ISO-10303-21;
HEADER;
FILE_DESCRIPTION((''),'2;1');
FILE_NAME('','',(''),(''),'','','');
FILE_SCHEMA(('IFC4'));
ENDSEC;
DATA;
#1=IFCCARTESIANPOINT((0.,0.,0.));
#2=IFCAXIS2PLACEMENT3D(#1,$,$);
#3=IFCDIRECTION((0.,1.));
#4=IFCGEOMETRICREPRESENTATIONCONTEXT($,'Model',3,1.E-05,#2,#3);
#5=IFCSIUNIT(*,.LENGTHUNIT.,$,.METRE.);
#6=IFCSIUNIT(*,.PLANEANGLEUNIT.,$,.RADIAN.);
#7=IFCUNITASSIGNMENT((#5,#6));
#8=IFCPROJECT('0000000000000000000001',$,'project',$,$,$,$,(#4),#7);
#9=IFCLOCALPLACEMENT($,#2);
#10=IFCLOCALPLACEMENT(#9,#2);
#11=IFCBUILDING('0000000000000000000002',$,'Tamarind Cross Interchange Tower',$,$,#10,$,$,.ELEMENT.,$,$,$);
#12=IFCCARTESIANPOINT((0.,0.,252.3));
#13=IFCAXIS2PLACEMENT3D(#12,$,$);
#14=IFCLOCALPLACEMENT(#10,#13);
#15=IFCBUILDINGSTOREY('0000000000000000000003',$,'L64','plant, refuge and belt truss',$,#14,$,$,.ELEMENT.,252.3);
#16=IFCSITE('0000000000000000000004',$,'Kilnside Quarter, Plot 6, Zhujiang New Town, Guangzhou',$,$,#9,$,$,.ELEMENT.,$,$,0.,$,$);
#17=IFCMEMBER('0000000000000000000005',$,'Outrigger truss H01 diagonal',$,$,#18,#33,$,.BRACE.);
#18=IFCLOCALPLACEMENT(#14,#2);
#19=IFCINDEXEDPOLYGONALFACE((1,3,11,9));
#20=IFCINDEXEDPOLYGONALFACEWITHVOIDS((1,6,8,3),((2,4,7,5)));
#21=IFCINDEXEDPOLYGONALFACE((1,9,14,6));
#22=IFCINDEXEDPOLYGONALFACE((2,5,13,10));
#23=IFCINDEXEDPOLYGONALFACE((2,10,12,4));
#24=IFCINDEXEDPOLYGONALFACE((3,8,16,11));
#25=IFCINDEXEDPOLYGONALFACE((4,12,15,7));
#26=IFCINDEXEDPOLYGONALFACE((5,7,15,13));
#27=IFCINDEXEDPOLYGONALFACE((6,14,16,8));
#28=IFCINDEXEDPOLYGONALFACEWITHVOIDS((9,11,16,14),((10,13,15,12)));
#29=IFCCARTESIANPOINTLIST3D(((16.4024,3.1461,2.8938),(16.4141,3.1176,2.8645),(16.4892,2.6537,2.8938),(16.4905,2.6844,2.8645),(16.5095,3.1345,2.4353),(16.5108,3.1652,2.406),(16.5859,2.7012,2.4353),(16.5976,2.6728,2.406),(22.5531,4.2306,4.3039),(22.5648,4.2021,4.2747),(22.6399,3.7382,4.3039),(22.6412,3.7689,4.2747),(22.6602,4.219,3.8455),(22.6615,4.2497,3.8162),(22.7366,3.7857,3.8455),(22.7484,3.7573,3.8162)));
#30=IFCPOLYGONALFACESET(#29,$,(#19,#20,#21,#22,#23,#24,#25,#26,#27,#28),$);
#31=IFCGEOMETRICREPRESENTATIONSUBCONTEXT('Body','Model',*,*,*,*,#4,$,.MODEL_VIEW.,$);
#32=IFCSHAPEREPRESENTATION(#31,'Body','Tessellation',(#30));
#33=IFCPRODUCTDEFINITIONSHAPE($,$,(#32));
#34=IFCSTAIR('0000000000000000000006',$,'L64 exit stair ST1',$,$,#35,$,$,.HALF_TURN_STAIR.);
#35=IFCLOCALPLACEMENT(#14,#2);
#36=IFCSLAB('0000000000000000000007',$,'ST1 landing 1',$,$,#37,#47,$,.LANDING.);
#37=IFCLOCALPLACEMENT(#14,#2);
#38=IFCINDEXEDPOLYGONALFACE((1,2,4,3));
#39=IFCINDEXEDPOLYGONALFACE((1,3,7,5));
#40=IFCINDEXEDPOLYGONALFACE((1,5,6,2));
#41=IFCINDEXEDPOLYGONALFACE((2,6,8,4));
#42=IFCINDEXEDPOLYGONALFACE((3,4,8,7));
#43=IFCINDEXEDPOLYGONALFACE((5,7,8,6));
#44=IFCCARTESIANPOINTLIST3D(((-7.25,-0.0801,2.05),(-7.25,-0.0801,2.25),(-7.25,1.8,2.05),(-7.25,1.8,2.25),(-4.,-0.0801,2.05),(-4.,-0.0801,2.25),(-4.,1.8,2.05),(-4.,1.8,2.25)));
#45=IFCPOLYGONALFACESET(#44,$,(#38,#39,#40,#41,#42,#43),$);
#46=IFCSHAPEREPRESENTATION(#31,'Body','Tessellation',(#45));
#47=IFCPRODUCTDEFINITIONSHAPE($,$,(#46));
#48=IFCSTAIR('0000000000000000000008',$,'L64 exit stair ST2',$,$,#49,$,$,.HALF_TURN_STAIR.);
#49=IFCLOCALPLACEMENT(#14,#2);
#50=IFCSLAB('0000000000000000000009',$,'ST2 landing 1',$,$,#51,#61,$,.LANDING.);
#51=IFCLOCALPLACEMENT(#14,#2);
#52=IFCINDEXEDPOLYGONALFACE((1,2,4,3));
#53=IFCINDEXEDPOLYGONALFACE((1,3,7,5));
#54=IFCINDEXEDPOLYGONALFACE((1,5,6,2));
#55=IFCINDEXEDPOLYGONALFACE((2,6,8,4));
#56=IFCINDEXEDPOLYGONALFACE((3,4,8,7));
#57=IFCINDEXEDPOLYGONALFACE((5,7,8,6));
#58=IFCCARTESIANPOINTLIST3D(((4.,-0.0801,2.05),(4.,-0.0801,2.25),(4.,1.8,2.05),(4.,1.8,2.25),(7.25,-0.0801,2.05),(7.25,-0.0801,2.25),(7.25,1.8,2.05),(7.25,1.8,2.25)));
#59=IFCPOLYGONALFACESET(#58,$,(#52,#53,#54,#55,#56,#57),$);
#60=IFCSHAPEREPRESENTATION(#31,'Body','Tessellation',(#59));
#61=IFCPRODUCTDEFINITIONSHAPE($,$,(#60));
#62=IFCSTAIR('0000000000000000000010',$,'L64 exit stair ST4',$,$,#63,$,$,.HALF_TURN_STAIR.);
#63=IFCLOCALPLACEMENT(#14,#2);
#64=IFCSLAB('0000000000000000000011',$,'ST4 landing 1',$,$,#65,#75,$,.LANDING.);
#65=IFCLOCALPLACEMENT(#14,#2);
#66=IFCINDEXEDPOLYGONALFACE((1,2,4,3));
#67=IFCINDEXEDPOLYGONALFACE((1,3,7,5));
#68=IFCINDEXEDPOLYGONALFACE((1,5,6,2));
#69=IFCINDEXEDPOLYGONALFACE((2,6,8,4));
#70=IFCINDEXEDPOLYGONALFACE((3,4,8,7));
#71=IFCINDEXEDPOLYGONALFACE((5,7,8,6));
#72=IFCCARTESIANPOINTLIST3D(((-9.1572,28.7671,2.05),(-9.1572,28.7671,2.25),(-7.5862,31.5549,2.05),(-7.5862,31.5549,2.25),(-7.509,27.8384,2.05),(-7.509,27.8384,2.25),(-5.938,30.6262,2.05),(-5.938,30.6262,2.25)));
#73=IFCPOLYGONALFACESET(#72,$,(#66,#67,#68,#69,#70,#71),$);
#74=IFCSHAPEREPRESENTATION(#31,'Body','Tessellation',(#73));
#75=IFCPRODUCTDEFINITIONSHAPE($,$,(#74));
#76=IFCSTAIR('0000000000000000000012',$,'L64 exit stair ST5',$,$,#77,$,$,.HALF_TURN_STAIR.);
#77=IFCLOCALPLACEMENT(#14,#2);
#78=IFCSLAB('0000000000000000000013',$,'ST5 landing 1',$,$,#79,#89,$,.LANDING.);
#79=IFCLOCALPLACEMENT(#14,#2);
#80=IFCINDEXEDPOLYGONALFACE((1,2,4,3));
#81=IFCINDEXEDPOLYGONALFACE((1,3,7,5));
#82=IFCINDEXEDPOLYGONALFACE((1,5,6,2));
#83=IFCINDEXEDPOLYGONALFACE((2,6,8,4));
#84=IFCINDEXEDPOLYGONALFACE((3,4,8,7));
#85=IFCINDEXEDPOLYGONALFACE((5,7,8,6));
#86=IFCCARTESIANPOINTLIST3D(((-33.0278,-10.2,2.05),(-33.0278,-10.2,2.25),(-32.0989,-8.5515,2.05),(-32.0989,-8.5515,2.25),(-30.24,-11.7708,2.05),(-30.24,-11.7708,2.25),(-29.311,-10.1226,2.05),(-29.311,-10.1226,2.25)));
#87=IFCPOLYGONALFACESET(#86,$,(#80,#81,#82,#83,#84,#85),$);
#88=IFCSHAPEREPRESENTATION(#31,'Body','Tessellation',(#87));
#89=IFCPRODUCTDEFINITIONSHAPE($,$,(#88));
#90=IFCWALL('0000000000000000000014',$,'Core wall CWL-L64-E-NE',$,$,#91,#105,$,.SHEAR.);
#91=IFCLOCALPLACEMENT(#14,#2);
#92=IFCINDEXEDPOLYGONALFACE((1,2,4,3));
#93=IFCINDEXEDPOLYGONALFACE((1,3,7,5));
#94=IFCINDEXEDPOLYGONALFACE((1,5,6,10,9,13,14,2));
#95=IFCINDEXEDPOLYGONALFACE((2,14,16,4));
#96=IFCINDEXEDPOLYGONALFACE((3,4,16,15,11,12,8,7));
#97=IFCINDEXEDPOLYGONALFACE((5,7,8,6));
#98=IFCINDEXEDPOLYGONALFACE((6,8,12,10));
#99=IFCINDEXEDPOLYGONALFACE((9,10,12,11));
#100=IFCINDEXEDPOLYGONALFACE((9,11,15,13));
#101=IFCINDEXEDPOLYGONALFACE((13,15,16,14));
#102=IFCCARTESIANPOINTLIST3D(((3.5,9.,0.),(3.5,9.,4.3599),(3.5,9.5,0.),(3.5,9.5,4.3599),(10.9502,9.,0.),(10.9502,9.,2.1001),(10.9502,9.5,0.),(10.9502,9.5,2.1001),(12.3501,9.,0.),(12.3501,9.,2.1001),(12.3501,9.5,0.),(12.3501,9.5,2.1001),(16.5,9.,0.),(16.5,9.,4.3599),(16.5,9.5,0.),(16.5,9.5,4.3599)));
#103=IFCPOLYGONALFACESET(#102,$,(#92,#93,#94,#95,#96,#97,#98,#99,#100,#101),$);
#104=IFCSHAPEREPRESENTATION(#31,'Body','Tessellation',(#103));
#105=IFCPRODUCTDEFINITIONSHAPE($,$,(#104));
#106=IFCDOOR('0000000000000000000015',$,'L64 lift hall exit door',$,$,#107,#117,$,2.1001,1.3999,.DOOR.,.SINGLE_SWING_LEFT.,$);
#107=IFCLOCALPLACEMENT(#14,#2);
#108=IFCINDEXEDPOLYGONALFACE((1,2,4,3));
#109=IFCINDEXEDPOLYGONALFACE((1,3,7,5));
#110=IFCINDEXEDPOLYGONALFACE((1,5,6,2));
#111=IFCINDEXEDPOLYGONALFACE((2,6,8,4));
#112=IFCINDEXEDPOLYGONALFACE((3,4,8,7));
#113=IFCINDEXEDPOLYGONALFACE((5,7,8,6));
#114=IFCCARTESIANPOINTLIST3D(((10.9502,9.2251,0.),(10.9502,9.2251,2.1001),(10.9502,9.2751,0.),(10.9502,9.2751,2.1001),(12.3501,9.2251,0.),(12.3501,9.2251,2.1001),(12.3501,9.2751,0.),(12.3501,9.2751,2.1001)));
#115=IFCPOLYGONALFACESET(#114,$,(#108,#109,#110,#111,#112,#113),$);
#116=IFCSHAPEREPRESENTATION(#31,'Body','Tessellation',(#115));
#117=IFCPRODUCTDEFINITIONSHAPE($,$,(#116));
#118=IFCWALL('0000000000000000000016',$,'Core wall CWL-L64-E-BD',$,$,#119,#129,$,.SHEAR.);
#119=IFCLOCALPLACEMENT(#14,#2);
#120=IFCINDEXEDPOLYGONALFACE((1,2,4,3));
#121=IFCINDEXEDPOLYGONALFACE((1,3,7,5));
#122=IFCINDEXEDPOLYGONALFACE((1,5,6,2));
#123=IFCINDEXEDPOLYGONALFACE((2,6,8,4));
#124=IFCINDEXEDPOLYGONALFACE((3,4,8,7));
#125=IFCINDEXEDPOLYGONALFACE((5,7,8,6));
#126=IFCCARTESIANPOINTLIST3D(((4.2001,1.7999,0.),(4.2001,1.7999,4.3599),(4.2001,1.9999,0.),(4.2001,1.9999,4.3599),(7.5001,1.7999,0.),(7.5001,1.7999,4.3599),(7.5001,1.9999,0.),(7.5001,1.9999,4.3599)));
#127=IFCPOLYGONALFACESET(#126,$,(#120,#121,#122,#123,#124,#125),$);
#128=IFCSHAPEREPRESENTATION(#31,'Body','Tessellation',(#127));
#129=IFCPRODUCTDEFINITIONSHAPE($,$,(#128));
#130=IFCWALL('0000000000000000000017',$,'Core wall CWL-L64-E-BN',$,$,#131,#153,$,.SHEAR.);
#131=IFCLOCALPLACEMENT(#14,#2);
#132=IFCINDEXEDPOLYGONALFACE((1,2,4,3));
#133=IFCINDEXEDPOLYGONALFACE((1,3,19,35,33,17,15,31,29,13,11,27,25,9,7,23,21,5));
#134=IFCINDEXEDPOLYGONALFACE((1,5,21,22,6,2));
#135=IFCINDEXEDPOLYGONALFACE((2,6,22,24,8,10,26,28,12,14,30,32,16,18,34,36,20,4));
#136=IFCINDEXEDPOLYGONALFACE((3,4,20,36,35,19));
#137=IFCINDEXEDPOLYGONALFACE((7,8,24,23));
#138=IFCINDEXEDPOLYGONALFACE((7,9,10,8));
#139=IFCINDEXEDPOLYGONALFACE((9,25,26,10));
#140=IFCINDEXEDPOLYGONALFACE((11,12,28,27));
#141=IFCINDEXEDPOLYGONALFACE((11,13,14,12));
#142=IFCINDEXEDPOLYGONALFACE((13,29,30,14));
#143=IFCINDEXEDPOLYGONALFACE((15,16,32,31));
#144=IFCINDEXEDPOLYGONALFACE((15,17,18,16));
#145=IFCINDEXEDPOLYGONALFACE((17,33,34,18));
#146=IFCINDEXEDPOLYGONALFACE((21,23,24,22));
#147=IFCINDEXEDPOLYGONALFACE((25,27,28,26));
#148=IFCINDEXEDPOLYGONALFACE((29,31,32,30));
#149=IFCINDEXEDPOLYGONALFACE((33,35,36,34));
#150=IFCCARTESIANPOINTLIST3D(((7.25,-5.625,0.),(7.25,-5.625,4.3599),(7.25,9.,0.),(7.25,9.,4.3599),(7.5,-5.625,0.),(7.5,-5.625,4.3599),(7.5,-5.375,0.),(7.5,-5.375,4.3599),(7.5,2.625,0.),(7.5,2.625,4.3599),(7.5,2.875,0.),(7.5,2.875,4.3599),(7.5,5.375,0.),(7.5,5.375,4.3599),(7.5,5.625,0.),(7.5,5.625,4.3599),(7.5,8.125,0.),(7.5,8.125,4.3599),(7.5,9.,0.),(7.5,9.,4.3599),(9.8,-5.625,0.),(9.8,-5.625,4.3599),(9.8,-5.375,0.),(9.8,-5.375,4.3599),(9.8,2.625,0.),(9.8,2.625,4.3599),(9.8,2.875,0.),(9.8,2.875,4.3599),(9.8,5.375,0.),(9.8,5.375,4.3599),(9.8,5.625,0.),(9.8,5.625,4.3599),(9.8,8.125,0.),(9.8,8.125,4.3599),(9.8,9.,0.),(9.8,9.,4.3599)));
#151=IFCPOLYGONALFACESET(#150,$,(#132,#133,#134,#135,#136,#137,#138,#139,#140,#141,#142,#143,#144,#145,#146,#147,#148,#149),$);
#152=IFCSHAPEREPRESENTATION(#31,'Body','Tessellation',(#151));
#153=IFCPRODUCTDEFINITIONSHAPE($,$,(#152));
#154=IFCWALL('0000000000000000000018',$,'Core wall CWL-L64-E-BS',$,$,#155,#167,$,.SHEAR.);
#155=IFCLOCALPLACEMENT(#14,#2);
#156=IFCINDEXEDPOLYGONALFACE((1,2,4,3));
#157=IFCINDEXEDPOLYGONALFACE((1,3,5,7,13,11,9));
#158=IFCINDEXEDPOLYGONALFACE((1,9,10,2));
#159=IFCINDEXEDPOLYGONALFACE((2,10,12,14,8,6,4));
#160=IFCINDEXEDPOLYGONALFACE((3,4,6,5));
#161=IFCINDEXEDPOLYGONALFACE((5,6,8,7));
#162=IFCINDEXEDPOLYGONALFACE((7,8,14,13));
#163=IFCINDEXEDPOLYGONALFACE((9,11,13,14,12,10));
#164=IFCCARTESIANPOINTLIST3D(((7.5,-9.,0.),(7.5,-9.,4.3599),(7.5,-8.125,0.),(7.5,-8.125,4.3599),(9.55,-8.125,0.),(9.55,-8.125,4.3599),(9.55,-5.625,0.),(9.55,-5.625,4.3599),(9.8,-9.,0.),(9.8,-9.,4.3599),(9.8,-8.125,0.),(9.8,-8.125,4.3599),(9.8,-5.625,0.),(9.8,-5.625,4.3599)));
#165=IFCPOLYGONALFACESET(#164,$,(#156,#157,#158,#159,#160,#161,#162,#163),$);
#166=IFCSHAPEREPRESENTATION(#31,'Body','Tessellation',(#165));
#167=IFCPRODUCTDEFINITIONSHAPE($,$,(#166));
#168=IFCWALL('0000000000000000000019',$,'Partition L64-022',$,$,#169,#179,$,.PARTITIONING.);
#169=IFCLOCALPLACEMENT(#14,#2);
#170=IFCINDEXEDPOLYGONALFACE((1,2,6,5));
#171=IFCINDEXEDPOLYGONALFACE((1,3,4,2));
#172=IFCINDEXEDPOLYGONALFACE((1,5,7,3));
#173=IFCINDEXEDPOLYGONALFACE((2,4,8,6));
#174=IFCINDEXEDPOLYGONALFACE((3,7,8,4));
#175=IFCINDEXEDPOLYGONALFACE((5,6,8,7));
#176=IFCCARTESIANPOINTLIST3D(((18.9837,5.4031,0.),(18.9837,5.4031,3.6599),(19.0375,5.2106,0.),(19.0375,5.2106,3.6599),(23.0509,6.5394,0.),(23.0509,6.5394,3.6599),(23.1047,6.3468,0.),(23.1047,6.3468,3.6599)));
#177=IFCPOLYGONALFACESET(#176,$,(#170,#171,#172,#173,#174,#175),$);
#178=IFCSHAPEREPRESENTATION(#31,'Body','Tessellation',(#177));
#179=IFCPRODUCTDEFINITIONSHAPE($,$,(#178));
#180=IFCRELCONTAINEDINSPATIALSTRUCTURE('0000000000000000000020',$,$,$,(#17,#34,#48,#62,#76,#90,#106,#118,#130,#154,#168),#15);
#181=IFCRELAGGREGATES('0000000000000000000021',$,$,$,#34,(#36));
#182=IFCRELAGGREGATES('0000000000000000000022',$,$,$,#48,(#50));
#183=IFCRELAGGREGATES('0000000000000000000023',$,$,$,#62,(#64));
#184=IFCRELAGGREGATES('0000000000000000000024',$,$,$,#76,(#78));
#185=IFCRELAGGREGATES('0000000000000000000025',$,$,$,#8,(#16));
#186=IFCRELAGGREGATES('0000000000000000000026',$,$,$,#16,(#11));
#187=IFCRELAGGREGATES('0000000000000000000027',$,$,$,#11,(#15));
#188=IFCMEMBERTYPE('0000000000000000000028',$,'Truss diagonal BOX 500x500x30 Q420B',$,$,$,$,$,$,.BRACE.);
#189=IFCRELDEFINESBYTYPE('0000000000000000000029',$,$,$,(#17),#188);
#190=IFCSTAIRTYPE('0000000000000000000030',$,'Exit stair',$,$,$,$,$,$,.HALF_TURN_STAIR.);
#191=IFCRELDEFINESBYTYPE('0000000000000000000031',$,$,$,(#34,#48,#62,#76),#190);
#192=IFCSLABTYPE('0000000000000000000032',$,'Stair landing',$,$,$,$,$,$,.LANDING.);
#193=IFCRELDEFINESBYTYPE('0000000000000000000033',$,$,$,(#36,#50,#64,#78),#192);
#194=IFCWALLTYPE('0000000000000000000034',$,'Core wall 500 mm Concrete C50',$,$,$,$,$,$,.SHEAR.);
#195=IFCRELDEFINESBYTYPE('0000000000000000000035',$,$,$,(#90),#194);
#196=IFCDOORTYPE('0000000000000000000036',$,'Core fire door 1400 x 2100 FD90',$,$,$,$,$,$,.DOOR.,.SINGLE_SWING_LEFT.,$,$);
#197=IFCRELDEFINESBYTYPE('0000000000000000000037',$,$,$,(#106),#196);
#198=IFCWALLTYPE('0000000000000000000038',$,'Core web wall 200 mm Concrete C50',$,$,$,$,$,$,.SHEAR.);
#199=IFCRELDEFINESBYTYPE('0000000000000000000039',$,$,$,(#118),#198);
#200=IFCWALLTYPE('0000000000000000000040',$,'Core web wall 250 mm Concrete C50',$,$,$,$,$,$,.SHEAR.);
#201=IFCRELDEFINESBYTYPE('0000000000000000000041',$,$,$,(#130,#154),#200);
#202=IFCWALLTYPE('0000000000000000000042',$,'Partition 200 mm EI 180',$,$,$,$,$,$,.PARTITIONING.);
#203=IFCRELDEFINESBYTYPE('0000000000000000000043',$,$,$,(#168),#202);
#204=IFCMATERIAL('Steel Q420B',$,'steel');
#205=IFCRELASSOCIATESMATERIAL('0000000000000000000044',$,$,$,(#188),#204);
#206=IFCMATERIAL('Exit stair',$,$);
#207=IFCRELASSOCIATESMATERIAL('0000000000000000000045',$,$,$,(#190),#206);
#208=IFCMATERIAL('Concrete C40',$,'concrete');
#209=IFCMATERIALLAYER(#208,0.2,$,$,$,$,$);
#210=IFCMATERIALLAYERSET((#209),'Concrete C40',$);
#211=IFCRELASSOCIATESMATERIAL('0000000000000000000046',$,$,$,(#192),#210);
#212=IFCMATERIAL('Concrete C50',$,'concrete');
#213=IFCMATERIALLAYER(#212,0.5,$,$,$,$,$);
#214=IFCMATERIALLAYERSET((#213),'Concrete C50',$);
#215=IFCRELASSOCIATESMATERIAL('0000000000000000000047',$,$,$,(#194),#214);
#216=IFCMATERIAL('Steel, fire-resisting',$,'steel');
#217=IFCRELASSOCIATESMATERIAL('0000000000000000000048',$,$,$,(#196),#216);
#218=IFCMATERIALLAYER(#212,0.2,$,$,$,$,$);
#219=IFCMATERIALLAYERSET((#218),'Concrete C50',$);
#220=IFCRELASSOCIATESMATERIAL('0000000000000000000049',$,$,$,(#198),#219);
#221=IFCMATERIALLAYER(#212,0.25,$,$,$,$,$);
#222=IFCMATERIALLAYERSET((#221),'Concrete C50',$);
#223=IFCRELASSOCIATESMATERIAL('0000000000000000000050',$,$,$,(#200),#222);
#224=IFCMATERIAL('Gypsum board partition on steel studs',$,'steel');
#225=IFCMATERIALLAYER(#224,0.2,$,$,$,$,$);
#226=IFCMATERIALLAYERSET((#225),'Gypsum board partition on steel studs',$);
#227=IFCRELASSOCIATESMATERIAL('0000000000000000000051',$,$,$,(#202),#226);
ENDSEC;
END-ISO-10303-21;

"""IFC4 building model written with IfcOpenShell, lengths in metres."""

from ifc_helpers import new_model, si_unit, direction, frame, frame_2d, origin, origin_2d, place, context, subcontext, project, spatial, polyline, rectangle, hollow_rectangle, outline, extrude, material, layer, layer_set, material_profile, profile_set, type_object, element, fill, aggregate, save


model = new_model("IFC4")

# Units and contexts
model_context = context("Model", 3, precision=1e-05, world=origin(), true_north=direction((0.0, 1.0)))
body_context = subcontext(model_context, "Body", "Model", "MODEL_VIEW")
ifc_project = project(units=[si_unit("LENGTHUNIT", "METRE"), si_unit("PLANEANGLEUNIT", "RADIAN")], contexts=[model_context])

# Site, building, storey
site_placement = place(None, origin())
site = spatial("IfcSite", under=ifc_project, at=site_placement, Name="Kilnside Quarter, Plot 6, Zhujiang New Town, Guangzhou", CompositionType="ELEMENT", RefElevation=0.0)
building_placement = place(site_placement, origin())
building = spatial("IfcBuilding", under=site, at=building_placement, Name="Tamarind Cross Interchange Tower", CompositionType="ELEMENT")
storey_placement = place(building_placement, frame((0.0, 0.0, 252.3)))
storey = spatial("IfcBuildingStorey", under=building, at=storey_placement, Name="L64", Description="plant, refuge and belt truss", CompositionType="ELEMENT", Elevation=252.3)

# Shared definitions
ifc_material_1 = material(Name="Concrete C50", Category="concrete")

# Member
ifc_material_2 = material(Name="Steel Q420B", Category="steel")
ifc_material_profile_1 = material_profile(ifc_material_2, hollow_rectangle(XDim=0.5, YDim=0.5, WallThickness=0.03, at=origin_2d()), Name="BOX 500x500x30")
ifc_profile_set_1 = profile_set([ifc_material_profile_1], Name="Steel Q420B")
member_type_1 = type_object("IfcMemberType", Name="Truss diagonal BOX 500x500x30 Q420B", PredefinedType="BRACE", material=ifc_profile_set_1)
member_placement = place(storey_placement, frame((16.5, 2.9094, 2.6499), z_axis=(0.960627, 0.169377, 0.220243), x_axis=(-0.17364, 0.984809, 0.0)))
element("IfcMember", 1, at=member_placement, inside=storey, type_object=member_type_1, Name="Outrigger truss H01 diagonal", PredefinedType="BRACE", context=body_context, shape_type="SweptSolid", body=[
    extrude(hollow_rectangle(XDim=0.5, YDim=0.5, WallThickness=0.03, at=origin_2d()), origin(), (0.0, 0.0, 1.0), 6.4028),
])

# Stairs, slabs
ifc_material_3 = material(Name="Exit stair")
stair_type = type_object("IfcStairType", Name="Exit stair", PredefinedType="HALF_TURN_STAIR", material=ifc_material_3)
stair_1_placement = place(storey_placement, origin())
stair_1 = element("IfcStair", 2, at=stair_1_placement, inside=storey, type_object=stair_type, Name="L64 exit stair ST1", PredefinedType="HALF_TURN_STAIR")
ifc_material_4 = material(Name="Concrete C40", Category="concrete")
ifc_layer_1 = layer(ifc_material_4, 0.2)
ifc_layer_set_1 = layer_set([ifc_layer_1], Name="Concrete C40")
slab_type = type_object("IfcSlabType", Name="Stair landing", PredefinedType="LANDING", material=ifc_layer_set_1)
slab_1_placement = place(storey_placement, frame((0.0, 0.0, 2.05)))
slab_1 = element("IfcSlab", 3, at=slab_1_placement, type_object=slab_type, Name="ST1 landing 1", PredefinedType="LANDING", context=body_context, shape_type="SweptSolid", body=[
    extrude(outline(polyline([(-4.0, -0.0801), (-4.0, 1.8), (-7.25, 1.8), (-7.25, -0.0801), (-4.0, -0.0801)])), origin(), (0.0, 0.0, 1.0), 0.2),
])
aggregate(stair_1, [slab_1])
stair_2_placement = place(storey_placement, origin())
stair_2 = element("IfcStair", 4, at=stair_2_placement, inside=storey, type_object=stair_type, Name="L64 exit stair ST2", PredefinedType="HALF_TURN_STAIR")
slab_2_placement = place(storey_placement, frame((0.0, 0.0, 2.05)))
slab_2 = element("IfcSlab", 5, at=slab_2_placement, type_object=slab_type, Name="ST2 landing 1", PredefinedType="LANDING", context=body_context, shape_type="SweptSolid", body=[
    extrude(outline(polyline([(7.25, -0.0801), (7.25, 1.8), (4.0, 1.8), (4.0, -0.0801), (7.25, -0.0801)])), origin(), (0.0, 0.0, 1.0), 0.2),
])
aggregate(stair_2, [slab_2])
stair_3_placement = place(storey_placement, origin())
stair_3 = element("IfcStair", 6, at=stair_3_placement, inside=storey, type_object=stair_type, Name="L64 exit stair ST4", PredefinedType="HALF_TURN_STAIR")
slab_3_placement = place(storey_placement, frame((0.0, 0.0, 2.05)))
slab_3 = element("IfcSlab", 7, at=slab_3_placement, type_object=slab_type, Name="ST4 landing 1", PredefinedType="LANDING", context=body_context, shape_type="SweptSolid", body=[
    extrude(outline(polyline([(-5.938, 30.6262), (-7.5862, 31.5549), (-9.1572, 28.7671), (-7.509, 27.8384), (-5.938, 30.6262)])), origin(), (0.0, 0.0, 1.0), 0.2),
])
aggregate(stair_3, [slab_3])
stair_4_placement = place(storey_placement, origin())
stair_4 = element("IfcStair", 8, at=stair_4_placement, inside=storey, type_object=stair_type, Name="L64 exit stair ST5", PredefinedType="HALF_TURN_STAIR")
slab_4_placement = place(storey_placement, frame((0.0, 0.0, 2.05)))
slab_4 = element("IfcSlab", 9, at=slab_4_placement, type_object=slab_type, Name="ST5 landing 1", PredefinedType="LANDING", context=body_context, shape_type="SweptSolid", body=[
    extrude(outline(polyline([(-32.0989, -8.5515), (-33.0278, -10.2), (-30.24, -11.7708), (-29.311, -10.1226), (-32.0989, -8.5515)])), origin(), (0.0, 0.0, 1.0), 0.2),
])
aggregate(stair_4, [slab_4])

# Wall, opening, door
ifc_layer_2 = layer(ifc_material_1, 0.5)
ifc_layer_set_2 = layer_set([ifc_layer_2], Name="Concrete C50")
wall_type_1 = type_object("IfcWallType", Name="Core wall 500 mm Concrete C50", PredefinedType="SHEAR", material=ifc_layer_set_2)
wall_1_placement = place(storey_placement, frame((16.5, 9.25, 0.0), z_axis=(0.0, 0.0, 1.0), x_axis=(-1.0, 0.0, 0.0)))
wall_1 = element("IfcWall", 10, at=wall_1_placement, inside=storey, type_object=wall_type_1, Name="Core wall CWL-L64-E-NE", PredefinedType="SHEAR", context=body_context, shape_type="SweptSolid", body=[
    extrude(rectangle(XDim=13.0, YDim=0.5, at=frame_2d((6.5, 0.0))), origin(), (0.0, 0.0, 1.0), 4.3599),
])
opening_placement = place(wall_1_placement, frame((4.1499, 0.0, 0.0)))
opening = element("IfcOpeningElement", 11, at=opening_placement, cuts=wall_1, PredefinedType="OPENING", context=body_context, shape_type="SweptSolid", body=[
    extrude(rectangle(XDim=1.3999, YDim=2.1001, at=frame_2d((0.7, 1.05))), frame((0.0, 0.26, 0.0), z_axis=(0.0, -1.0, 0.0), x_axis=(1.0, 0.0, 0.0)), (0.0, 0.0, 1.0), 0.52),
])
ifc_material_5 = material(Name="Steel, fire-resisting", Category="steel")
door_type = type_object("IfcDoorType", Name="Core fire door 1400 x 2100 FD90", OperationType="SINGLE_SWING_LEFT", PredefinedType="DOOR", material=ifc_material_5)
door_placement = place(opening_placement, origin())
door = element("IfcDoor", 12, at=door_placement, inside=storey, type_object=door_type, Name="L64 lift hall exit door", OperationType="SINGLE_SWING_LEFT", OverallHeight=2.1001, OverallWidth=1.3999, PredefinedType="DOOR", context=body_context, shape_type="SweptSolid", body=[
    extrude(rectangle(XDim=1.3999, YDim=2.1001, at=frame_2d((0.7, 1.05))), frame((0.0, 0.0249, 0.0), z_axis=(0.0, -1.0, 0.0), x_axis=(1.0, 0.0, 0.0)), (0.0, 0.0, 1.0), 0.05),
])
fill(opening, door)

# Walls
ifc_layer_3 = layer(ifc_material_1, 0.2)
ifc_layer_set_3 = layer_set([ifc_layer_3], Name="Concrete C50")
wall_type_2 = type_object("IfcWallType", Name="Core web wall 200 mm Concrete C50", PredefinedType="SHEAR", material=ifc_layer_set_3)
wall_2_placement = place(storey_placement, frame((7.5, 1.8999, 0.0), z_axis=(0.0, 0.0, 1.0), x_axis=(-1.0, 0.0, 0.0)))
element("IfcWall", 13, at=wall_2_placement, inside=storey, type_object=wall_type_2, Name="Core wall CWL-L64-E-BD", PredefinedType="SHEAR", context=body_context, shape_type="SweptSolid", body=[
    extrude(rectangle(XDim=3.3, YDim=0.2, at=frame_2d((1.6499, 0.0))), origin(), (0.0, 0.0, 1.0), 4.3599),
])
ifc_layer_4 = layer(ifc_material_1, 0.25)
ifc_layer_set_4 = layer_set([ifc_layer_4], Name="Concrete C50")
wall_type_3 = type_object("IfcWallType", Name="Core web wall 250 mm Concrete C50", PredefinedType="SHEAR", material=ifc_layer_set_4)
wall_3_placement = place(storey_placement, origin())
element("IfcWall", 14, at=wall_3_placement, inside=storey, type_object=wall_type_3, Name="Core wall CWL-L64-E-BN", PredefinedType="SHEAR", context=body_context, shape_type="SweptSolid", body=[
    extrude(outline(polyline([(9.8, -5.375), (7.5, -5.375), (7.5, 2.625), (9.8, 2.625), (9.8, 2.875), (7.5, 2.875), (7.5, 5.375), (9.8, 5.375), (9.8, 5.625), (7.5, 5.625), (7.5, 8.125), (9.8, 8.125), (9.8, 9.0), (7.5, 9.0), (7.25, 9.0), (7.25, -5.625), (7.5, -5.625), (9.8, -5.625), (9.8, -5.375)])), origin(), (0.0, 0.0, 1.0), 4.3599),
])
wall_4_placement = place(storey_placement, origin())
element("IfcWall", 15, at=wall_4_placement, inside=storey, type_object=wall_type_3, Name="Core wall CWL-L64-E-BS", PredefinedType="SHEAR", context=body_context, shape_type="SweptSolid", body=[
    extrude(outline(polyline([(7.5, -8.125), (7.5, -9.0), (9.8, -9.0), (9.8, -8.125), (9.8, -5.625), (9.55, -5.625), (9.55, -8.125), (7.5, -8.125)])), origin(), (0.0, 0.0, 1.0), 4.3599),
])
ifc_material_6 = material(Name="Gypsum board partition on steel studs", Category="steel")
ifc_layer_5 = layer(ifc_material_6, 0.2)
ifc_layer_set_5 = layer_set([ifc_layer_5], Name="Gypsum board partition on steel studs")
wall_type_4 = type_object("IfcWallType", Name="Partition 200 mm EI 180", PredefinedType="PARTITIONING", material=ifc_layer_set_5)
wall_5_placement = place(storey_placement, frame((19.0107, 5.3069, 0.0), z_axis=(0.0, 0.0, 1.0), x_axis=(0.963122, 0.269066, 0.0)))
element("IfcWall", 16, at=wall_5_placement, inside=storey, type_object=wall_type_4, Name="Partition L64-022", PredefinedType="PARTITIONING", context=body_context, shape_type="SweptSolid", body=[
    extrude(rectangle(XDim=4.2229, YDim=0.2, at=frame_2d((2.1113, 0.0))), origin(), (0.0, 0.0, 1.0), 3.6599),
])

save(model, "model.ifc")
